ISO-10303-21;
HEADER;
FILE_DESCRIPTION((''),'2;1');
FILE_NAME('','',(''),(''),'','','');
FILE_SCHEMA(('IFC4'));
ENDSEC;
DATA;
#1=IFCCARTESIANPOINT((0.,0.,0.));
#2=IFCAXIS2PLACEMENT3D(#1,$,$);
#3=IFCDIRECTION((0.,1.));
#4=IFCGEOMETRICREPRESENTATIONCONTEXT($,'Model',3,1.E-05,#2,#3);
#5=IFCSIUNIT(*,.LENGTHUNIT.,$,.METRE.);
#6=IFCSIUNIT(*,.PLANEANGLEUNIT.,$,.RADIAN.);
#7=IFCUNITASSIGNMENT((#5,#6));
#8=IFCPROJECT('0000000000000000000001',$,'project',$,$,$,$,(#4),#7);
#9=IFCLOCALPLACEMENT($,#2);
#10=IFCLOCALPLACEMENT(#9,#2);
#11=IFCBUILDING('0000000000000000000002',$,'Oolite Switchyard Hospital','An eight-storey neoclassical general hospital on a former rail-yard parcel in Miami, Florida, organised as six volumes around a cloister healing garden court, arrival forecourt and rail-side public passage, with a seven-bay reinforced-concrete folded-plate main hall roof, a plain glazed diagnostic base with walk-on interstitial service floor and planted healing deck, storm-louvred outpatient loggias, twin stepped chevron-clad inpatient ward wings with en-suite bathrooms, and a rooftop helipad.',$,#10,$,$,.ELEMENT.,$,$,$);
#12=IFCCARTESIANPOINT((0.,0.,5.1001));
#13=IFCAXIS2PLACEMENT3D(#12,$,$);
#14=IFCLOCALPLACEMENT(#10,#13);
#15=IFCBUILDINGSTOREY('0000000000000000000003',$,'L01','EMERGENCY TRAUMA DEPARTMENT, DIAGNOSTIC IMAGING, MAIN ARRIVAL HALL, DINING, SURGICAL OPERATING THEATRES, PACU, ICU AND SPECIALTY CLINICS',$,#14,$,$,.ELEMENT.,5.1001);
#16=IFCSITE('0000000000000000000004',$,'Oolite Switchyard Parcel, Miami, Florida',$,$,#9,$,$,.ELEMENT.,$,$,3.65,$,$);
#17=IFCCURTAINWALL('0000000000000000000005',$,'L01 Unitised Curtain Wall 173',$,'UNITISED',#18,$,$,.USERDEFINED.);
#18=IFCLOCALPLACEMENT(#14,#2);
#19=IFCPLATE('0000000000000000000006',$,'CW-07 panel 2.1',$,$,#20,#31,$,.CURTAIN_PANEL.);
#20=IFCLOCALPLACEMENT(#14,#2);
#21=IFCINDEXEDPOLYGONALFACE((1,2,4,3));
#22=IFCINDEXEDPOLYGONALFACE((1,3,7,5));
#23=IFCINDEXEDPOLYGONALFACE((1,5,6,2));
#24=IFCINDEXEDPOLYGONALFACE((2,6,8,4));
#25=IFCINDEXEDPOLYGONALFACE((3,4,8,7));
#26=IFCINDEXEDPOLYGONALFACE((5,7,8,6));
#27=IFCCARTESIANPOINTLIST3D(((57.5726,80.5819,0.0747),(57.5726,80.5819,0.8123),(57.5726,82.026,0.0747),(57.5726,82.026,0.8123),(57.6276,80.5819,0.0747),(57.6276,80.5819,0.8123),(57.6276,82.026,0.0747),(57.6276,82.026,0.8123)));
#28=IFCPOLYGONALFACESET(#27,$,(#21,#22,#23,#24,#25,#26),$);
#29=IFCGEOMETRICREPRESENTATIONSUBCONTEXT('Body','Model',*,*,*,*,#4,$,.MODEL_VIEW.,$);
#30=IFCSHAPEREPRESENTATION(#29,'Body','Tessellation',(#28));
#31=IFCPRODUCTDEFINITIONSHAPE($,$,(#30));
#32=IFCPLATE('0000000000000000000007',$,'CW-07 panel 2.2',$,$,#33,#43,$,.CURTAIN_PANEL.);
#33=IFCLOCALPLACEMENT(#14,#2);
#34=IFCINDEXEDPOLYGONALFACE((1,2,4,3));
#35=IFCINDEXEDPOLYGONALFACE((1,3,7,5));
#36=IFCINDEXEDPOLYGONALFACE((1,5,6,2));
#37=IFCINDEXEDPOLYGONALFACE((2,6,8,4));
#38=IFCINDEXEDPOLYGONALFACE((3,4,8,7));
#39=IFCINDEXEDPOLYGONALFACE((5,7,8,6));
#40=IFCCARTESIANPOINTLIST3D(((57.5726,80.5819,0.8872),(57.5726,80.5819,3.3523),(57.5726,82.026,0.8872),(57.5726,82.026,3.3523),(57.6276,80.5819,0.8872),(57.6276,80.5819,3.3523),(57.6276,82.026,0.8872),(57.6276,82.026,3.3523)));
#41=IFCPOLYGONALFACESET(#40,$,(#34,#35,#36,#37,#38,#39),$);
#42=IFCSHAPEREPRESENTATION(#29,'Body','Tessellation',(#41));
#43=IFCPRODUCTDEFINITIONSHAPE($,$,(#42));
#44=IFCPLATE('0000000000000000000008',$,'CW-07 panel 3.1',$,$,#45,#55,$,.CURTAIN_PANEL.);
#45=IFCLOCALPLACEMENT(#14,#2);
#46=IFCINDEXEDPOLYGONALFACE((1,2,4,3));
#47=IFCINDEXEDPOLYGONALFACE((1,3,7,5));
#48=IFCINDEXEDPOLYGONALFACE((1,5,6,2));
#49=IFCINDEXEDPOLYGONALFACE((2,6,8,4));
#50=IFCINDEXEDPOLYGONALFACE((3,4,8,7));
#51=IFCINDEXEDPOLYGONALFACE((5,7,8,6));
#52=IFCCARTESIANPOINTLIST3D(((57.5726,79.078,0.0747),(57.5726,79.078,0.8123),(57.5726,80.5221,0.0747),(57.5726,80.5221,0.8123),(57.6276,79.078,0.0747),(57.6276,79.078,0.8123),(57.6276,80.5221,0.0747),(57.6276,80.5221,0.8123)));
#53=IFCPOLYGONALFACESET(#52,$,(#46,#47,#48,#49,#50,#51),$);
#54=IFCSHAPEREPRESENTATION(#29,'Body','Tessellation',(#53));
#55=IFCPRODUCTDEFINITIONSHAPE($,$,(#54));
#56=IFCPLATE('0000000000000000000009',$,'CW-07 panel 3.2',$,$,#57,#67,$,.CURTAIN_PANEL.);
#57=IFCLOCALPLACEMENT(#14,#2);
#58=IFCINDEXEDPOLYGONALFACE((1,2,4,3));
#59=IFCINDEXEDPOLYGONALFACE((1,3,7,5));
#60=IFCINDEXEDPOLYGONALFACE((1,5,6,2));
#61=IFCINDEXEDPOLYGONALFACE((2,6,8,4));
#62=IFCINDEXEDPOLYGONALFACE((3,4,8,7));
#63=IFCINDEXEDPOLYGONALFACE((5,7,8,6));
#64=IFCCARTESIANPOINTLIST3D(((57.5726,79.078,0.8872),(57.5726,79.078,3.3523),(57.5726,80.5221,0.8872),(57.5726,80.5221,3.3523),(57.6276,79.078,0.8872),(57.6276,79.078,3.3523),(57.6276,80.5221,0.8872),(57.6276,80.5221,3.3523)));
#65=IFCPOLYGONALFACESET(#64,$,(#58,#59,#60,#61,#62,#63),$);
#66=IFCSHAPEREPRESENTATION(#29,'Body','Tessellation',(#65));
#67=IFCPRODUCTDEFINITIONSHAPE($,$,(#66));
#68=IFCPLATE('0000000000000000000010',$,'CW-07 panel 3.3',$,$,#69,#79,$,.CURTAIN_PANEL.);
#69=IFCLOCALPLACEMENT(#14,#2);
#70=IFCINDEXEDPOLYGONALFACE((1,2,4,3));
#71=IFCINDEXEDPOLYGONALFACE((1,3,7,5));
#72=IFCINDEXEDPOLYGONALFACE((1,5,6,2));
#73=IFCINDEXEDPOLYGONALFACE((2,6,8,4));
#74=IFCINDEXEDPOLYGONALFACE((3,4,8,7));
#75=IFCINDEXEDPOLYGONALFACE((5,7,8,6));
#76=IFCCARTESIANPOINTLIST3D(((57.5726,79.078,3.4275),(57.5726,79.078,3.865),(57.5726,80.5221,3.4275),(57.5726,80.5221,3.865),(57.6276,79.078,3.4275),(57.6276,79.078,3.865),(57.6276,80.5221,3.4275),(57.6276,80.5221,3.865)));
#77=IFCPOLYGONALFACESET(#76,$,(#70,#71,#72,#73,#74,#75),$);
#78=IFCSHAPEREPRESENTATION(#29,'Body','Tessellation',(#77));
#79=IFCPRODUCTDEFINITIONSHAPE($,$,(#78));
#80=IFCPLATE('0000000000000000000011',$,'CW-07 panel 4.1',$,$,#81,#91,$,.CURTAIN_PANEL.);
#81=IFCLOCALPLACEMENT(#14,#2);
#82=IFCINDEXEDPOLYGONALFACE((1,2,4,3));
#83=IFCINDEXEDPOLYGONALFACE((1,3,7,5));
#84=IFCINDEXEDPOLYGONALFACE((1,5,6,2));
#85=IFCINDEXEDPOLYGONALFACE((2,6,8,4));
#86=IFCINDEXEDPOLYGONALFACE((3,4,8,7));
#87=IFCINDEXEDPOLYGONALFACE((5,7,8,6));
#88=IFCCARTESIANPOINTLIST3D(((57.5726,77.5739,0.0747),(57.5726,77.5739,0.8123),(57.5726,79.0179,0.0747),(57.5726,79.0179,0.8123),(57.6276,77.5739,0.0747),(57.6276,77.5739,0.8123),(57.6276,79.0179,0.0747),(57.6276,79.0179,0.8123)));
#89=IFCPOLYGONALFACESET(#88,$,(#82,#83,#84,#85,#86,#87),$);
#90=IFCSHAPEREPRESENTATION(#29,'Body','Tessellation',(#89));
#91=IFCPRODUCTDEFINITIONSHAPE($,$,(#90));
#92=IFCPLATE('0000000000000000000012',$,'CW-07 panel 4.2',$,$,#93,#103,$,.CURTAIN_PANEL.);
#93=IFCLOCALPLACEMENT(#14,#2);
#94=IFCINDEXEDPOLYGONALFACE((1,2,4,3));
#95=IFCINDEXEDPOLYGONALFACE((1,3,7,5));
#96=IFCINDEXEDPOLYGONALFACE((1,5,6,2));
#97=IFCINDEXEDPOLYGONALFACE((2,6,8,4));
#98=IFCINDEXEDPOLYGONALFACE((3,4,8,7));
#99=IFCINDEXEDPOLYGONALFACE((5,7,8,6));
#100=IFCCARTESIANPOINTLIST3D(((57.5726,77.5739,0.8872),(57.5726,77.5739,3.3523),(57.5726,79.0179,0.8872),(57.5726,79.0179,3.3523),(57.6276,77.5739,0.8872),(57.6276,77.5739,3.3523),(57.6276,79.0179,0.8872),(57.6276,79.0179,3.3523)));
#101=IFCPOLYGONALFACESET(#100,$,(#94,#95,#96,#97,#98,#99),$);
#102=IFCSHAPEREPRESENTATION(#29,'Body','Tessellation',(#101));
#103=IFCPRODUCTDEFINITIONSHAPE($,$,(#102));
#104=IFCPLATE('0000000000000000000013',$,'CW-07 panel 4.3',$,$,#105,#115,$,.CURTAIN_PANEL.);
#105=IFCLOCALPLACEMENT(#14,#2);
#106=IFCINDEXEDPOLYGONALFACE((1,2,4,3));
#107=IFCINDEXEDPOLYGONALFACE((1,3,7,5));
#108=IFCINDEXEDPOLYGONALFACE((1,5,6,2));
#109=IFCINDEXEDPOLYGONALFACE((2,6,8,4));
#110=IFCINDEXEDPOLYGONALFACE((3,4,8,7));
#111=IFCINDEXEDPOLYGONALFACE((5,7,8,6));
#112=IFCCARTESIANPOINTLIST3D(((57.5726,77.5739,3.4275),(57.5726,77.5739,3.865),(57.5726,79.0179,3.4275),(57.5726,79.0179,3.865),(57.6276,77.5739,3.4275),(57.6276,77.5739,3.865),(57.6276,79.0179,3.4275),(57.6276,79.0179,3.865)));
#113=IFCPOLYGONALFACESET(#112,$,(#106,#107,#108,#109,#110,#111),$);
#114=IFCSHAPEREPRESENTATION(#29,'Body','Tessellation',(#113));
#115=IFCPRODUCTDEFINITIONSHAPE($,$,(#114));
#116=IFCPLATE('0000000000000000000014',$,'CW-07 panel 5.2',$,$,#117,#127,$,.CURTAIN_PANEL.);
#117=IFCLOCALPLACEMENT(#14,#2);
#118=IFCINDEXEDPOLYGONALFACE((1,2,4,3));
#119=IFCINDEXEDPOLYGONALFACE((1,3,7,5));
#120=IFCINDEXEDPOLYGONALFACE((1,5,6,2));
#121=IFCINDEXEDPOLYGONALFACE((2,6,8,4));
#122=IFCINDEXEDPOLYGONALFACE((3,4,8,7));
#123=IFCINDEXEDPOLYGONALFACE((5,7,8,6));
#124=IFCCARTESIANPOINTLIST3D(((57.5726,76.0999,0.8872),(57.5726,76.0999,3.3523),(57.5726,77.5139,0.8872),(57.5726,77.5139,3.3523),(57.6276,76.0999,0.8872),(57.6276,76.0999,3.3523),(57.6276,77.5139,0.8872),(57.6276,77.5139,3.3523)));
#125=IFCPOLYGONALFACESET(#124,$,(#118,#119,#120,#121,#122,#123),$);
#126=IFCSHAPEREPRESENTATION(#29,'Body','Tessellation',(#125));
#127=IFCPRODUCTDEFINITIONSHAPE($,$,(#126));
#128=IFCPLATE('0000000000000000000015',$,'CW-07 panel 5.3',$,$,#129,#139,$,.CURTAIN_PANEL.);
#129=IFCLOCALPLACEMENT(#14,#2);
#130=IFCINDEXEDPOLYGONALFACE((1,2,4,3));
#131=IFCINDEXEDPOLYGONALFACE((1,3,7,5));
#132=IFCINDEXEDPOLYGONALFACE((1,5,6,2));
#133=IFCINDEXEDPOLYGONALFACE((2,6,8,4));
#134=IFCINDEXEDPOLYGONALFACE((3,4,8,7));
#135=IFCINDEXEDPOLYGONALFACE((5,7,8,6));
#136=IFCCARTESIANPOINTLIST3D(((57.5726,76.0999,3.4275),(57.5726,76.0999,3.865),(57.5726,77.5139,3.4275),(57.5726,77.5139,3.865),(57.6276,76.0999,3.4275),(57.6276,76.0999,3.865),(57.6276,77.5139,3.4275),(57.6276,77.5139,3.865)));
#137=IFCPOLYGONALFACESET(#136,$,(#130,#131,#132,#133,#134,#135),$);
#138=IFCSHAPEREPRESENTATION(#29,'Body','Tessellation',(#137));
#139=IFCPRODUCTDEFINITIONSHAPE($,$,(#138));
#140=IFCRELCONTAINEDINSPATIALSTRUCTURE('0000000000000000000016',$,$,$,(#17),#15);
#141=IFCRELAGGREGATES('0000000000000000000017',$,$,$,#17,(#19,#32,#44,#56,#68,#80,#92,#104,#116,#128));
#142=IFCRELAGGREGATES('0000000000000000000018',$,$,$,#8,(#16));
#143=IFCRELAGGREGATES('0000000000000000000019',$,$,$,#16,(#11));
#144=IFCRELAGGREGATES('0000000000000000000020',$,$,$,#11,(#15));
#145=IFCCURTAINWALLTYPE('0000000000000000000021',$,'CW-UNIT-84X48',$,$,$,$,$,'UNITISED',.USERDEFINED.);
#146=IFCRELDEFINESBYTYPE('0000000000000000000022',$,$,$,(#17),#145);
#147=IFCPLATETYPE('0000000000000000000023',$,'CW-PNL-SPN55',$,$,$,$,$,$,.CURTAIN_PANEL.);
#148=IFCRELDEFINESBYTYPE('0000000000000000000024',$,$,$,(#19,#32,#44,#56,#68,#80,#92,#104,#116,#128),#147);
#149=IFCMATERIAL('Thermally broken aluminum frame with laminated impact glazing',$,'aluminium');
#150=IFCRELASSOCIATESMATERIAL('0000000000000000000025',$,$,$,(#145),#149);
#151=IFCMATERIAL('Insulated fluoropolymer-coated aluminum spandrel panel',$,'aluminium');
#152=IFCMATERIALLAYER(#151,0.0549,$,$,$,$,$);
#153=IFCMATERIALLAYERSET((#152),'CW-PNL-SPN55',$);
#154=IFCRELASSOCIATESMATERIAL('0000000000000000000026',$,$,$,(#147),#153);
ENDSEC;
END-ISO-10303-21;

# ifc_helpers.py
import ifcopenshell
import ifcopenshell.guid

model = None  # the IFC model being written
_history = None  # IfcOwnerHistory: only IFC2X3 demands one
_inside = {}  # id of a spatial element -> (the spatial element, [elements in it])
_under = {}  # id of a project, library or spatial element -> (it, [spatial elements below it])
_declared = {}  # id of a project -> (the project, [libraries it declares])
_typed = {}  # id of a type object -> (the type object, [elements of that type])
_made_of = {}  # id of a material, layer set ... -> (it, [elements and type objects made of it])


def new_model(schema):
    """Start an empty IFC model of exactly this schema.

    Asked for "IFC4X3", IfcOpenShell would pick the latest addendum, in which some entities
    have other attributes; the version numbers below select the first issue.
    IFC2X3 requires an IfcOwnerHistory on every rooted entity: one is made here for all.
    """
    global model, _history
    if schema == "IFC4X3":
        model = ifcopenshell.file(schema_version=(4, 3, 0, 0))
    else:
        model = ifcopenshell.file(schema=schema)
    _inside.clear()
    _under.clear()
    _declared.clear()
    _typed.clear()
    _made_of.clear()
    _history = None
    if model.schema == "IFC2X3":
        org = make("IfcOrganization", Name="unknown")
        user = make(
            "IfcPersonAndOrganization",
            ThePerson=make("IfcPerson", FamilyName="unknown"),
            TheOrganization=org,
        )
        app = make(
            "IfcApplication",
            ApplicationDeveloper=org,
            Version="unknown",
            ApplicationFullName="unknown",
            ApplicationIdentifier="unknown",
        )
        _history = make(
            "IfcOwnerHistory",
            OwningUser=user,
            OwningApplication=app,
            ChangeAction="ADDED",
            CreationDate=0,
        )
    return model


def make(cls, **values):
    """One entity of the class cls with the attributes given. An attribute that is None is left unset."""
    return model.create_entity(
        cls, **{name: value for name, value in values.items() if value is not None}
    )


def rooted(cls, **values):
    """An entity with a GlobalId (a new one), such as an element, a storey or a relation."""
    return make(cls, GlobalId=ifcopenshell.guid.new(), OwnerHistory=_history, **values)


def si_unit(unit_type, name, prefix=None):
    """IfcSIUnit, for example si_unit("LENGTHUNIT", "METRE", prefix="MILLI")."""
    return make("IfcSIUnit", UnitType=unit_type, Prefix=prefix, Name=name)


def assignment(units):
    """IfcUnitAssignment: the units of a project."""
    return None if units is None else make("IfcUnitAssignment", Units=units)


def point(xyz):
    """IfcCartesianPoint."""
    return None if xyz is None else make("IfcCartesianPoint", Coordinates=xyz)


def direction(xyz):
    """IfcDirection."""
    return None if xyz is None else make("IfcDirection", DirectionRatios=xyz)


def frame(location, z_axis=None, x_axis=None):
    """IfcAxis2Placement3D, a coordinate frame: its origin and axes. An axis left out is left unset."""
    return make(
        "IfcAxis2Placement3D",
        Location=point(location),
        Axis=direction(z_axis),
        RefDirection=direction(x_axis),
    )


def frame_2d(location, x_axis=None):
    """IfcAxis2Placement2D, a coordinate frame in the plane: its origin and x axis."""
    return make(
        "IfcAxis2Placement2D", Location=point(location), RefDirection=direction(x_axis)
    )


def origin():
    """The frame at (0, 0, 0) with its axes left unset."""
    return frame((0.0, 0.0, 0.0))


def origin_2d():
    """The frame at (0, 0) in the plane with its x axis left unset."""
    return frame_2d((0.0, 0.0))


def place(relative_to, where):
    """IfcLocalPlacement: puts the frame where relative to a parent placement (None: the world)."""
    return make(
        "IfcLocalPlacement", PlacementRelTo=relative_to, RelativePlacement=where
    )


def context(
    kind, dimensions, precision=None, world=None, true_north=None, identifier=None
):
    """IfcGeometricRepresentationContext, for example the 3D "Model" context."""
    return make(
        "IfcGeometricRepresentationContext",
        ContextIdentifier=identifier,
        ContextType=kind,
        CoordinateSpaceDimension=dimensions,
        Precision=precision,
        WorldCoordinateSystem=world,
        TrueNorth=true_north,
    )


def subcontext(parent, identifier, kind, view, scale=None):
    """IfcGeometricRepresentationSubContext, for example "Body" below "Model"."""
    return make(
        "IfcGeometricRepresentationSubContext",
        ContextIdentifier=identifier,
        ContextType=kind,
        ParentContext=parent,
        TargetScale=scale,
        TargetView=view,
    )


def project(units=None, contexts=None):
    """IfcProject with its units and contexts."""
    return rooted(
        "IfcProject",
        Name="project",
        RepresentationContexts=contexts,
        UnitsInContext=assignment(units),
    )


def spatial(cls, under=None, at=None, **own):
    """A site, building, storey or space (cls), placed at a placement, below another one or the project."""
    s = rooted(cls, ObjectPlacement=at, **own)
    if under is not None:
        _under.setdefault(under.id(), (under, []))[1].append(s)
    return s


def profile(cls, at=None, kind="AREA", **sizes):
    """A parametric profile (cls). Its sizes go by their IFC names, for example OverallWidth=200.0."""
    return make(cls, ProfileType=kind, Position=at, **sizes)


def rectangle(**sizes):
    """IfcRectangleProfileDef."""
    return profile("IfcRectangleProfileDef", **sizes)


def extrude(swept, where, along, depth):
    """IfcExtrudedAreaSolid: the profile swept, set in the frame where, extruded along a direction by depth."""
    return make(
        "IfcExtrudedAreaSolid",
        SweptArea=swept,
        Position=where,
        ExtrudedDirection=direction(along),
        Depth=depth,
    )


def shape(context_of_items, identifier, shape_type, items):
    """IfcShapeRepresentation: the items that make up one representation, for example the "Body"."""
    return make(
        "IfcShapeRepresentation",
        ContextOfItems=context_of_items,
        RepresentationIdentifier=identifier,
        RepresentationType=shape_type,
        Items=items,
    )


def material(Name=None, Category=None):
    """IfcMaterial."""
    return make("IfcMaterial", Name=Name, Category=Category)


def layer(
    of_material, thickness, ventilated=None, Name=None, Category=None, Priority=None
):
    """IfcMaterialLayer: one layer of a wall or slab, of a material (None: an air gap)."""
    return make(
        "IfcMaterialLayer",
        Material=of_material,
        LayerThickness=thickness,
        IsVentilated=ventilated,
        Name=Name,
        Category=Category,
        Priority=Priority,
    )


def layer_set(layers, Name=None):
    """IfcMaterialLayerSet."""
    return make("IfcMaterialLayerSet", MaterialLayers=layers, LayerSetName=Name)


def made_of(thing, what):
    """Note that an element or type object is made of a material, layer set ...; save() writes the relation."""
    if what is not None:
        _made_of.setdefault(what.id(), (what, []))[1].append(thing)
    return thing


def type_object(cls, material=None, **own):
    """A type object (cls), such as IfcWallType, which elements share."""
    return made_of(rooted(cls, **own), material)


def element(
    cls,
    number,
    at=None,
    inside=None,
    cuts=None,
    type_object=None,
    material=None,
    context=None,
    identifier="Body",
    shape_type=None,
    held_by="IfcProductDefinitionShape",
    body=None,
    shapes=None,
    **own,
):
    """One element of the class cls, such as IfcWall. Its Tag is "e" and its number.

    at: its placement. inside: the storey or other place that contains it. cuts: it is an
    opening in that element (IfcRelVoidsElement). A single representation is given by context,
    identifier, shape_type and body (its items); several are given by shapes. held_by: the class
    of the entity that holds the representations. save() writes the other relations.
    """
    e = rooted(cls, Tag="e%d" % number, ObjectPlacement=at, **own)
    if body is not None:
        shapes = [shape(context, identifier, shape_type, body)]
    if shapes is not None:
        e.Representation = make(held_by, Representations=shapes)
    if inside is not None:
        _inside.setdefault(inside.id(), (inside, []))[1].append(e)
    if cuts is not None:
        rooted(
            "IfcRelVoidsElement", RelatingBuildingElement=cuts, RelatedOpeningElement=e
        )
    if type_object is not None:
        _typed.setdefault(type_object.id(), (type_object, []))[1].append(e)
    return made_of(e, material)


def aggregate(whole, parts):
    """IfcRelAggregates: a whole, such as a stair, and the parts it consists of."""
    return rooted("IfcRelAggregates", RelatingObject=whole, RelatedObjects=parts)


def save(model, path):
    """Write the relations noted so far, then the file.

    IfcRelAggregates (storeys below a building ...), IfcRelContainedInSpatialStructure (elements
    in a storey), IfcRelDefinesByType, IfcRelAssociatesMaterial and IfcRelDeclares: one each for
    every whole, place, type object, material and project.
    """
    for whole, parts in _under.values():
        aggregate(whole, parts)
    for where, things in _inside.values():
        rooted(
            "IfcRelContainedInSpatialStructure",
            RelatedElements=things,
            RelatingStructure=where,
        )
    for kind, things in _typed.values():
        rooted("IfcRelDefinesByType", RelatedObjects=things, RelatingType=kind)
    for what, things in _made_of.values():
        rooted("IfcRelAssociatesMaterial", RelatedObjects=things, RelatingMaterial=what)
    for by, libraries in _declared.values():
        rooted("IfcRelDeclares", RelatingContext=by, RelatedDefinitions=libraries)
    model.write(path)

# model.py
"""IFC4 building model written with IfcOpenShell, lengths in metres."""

from ifc_helpers import new_model, si_unit, direction, frame, origin, origin_2d, place, context, subcontext, project, spatial, rectangle, extrude, material, layer, layer_set, type_object, element, aggregate, save


model = new_model("IFC4")

# Units and contexts
model_context = context("Model", 3, precision=1e-05, world=origin(), true_north=direction((0.0, 1.0)))
body_context = subcontext(model_context, "Body", "Model", "MODEL_VIEW")
ifc_project = project(units=[si_unit("LENGTHUNIT", "METRE"), si_unit("PLANEANGLEUNIT", "RADIAN")], contexts=[model_context])

# Site, building, storey
site_placement = place(None, origin())
site = spatial("IfcSite", under=ifc_project, at=site_placement, Name="Oolite Switchyard Parcel, Miami, Florida", CompositionType="ELEMENT", RefElevation=3.65)
building_placement = place(site_placement, origin())
building = spatial("IfcBuilding", under=site, at=building_placement, Name="Oolite Switchyard Hospital", Description="An eight-storey neoclassical general hospital on a former rail-yard parcel in Miami, Florida, organised as six volumes around a cloister healing garden court, arrival forecourt and rail-side public passage, with a seven-bay reinforced-concrete folded-plate main hall roof, a plain glazed diagnostic base with walk-on interstitial service floor and planted healing deck, storm-louvred outpatient loggias, twin stepped chevron-clad inpatient ward wings with en-suite bathrooms, and a rooftop helipad.", CompositionType="ELEMENT")
storey_placement = place(building_placement, frame((0.0, 0.0, 5.1001)))
storey = spatial("IfcBuildingStorey", under=building, at=storey_placement, Name="L01", Description="EMERGENCY TRAUMA DEPARTMENT, DIAGNOSTIC IMAGING, MAIN ARRIVAL HALL, DINING, SURGICAL OPERATING THEATRES, PACU, ICU AND SPECIALTY CLINICS", CompositionType="ELEMENT", Elevation=5.1001)

# Curtain wall, plates
ifc_material_1 = material(Name="Thermally broken aluminum frame with laminated impact glazing", Category="aluminium")
curtain_wall_type = type_object("IfcCurtainWallType", Name="CW-UNIT-84X48", ElementType="UNITISED", PredefinedType="USERDEFINED", material=ifc_material_1)
curtain_wall_placement = place(storey_placement, origin())
curtain_wall = element("IfcCurtainWall", 1, at=curtain_wall_placement, inside=storey, type_object=curtain_wall_type, Name="L01 Unitised Curtain Wall 173", ObjectType="UNITISED", PredefinedType="USERDEFINED")
ifc_material_2 = material(Name="Insulated fluoropolymer-coated aluminum spandrel panel", Category="aluminium")
ifc_layer = layer(ifc_material_2, 0.0549)
ifc_layer_set = layer_set([ifc_layer], Name="CW-PNL-SPN55")
plate_type = type_object("IfcPlateType", Name="CW-PNL-SPN55", PredefinedType="CURTAIN_PANEL", material=ifc_layer_set)
plate_1_placement = place(storey_placement, frame((57.6001, 81.304, 0.0747), z_axis=(0.0, 0.0, 1.0), x_axis=(0.0, -1.0, 0.0)))
plate_1 = element("IfcPlate", 2, at=plate_1_placement, type_object=plate_type, Name="CW-07 panel 2.1", PredefinedType="CURTAIN_PANEL", context=body_context, shape_type="SweptSolid", body=[
    extrude(rectangle(XDim=1.4441, YDim=0.0549, at=origin_2d()), origin(), (0.0, 0.0, 1.0), 0.7375),
])
plate_2_placement = place(storey_placement, frame((57.6001, 81.304, 0.8872), z_axis=(0.0, 0.0, 1.0), x_axis=(0.0, -1.0, 0.0)))
plate_2 = element("IfcPlate", 3, at=plate_2_placement, type_object=plate_type, Name="CW-07 panel 2.2", PredefinedType="CURTAIN_PANEL", context=body_context, shape_type="SweptSolid", body=[
    extrude(rectangle(XDim=1.4441, YDim=0.0549, at=origin_2d()), origin(), (0.0, 0.0, 1.0), 2.4651),
])
plate_3_placement = place(storey_placement, frame((57.6001, 79.8, 0.0747), z_axis=(0.0, 0.0, 1.0), x_axis=(0.0, -1.0, 0.0)))
plate_3 = element("IfcPlate", 4, at=plate_3_placement, type_object=plate_type, Name="CW-07 panel 3.1", PredefinedType="CURTAIN_PANEL", context=body_context, shape_type="SweptSolid", body=[
    extrude(rectangle(XDim=1.4441, YDim=0.0549, at=origin_2d()), origin(), (0.0, 0.0, 1.0), 0.7375),
])
plate_4_placement = place(storey_placement, frame((57.6001, 79.8, 0.8872), z_axis=(0.0, 0.0, 1.0), x_axis=(0.0, -1.0, 0.0)))
plate_4 = element("IfcPlate", 5, at=plate_4_placement, type_object=plate_type, Name="CW-07 panel 3.2", PredefinedType="CURTAIN_PANEL", context=body_context, shape_type="SweptSolid", body=[
    extrude(rectangle(XDim=1.4441, YDim=0.0549, at=origin_2d()), origin(), (0.0, 0.0, 1.0), 2.4651),
])
plate_5_placement = place(storey_placement, frame((57.6001, 79.8, 3.4275), z_axis=(0.0, 0.0, 1.0), x_axis=(0.0, -1.0, 0.0)))
plate_5 = element("IfcPlate", 6, at=plate_5_placement, type_object=plate_type, Name="CW-07 panel 3.3", PredefinedType="CURTAIN_PANEL", context=body_context, shape_type="SweptSolid", body=[
    extrude(rectangle(XDim=1.4441, YDim=0.0549, at=origin_2d()), origin(), (0.0, 0.0, 1.0), 0.4375),
])
plate_6_placement = place(storey_placement, frame((57.6001, 78.2959, 0.0747), z_axis=(0.0, 0.0, 1.0), x_axis=(0.0, -1.0, 0.0)))
plate_6 = element("IfcPlate", 7, at=plate_6_placement, type_object=plate_type, Name="CW-07 panel 4.1", PredefinedType="CURTAIN_PANEL", context=body_context, shape_type="SweptSolid", body=[
    extrude(rectangle(XDim=1.4441, YDim=0.0549, at=origin_2d()), origin(), (0.0, 0.0, 1.0), 0.7375),
])
plate_7_placement = place(storey_placement, frame((57.6001, 78.2959, 0.8872), z_axis=(0.0, 0.0, 1.0), x_axis=(0.0, -1.0, 0.0)))
plate_7 = element("IfcPlate", 8, at=plate_7_placement, type_object=plate_type, Name="CW-07 panel 4.2", PredefinedType="CURTAIN_PANEL", context=body_context, shape_type="SweptSolid", body=[
    extrude(rectangle(XDim=1.4441, YDim=0.0549, at=origin_2d()), origin(), (0.0, 0.0, 1.0), 2.4651),
])
plate_8_placement = place(storey_placement, frame((57.6001, 78.2959, 3.4275), z_axis=(0.0, 0.0, 1.0), x_axis=(0.0, -1.0, 0.0)))
plate_8 = element("IfcPlate", 9, at=plate_8_placement, type_object=plate_type, Name="CW-07 panel 4.3", PredefinedType="CURTAIN_PANEL", context=body_context, shape_type="SweptSolid", body=[
    extrude(rectangle(XDim=1.4441, YDim=0.0549, at=origin_2d()), origin(), (0.0, 0.0, 1.0), 0.4375),
])
plate_9_placement = place(storey_placement, frame((57.6001, 76.8069, 0.8872), z_axis=(0.0, 0.0, 1.0), x_axis=(0.0, -1.0, 0.0)))
plate_9 = element("IfcPlate", 10, at=plate_9_placement, type_object=plate_type, Name="CW-07 panel 5.2", PredefinedType="CURTAIN_PANEL", context=body_context, shape_type="SweptSolid", body=[
    extrude(rectangle(XDim=1.4141, YDim=0.0549, at=origin_2d()), origin(), (0.0, 0.0, 1.0), 2.4651),
])
plate_10_placement = place(storey_placement, frame((57.6001, 76.8069, 3.4275), z_axis=(0.0, 0.0, 1.0), x_axis=(0.0, -1.0, 0.0)))
plate_10 = element("IfcPlate", 11, at=plate_10_placement, type_object=plate_type, Name="CW-07 panel 5.3", PredefinedType="CURTAIN_PANEL", context=body_context, shape_type="SweptSolid", body=[
    extrude(rectangle(XDim=1.4141, YDim=0.0549, at=origin_2d()), origin(), (0.0, 0.0, 1.0), 0.4375),
])
aggregate(curtain_wall, [plate_1, plate_2, plate_3, plate_4, plate_5, plate_6, plate_7, plate_8, plate_9, plate_10])

save(model, "model.ifc")
